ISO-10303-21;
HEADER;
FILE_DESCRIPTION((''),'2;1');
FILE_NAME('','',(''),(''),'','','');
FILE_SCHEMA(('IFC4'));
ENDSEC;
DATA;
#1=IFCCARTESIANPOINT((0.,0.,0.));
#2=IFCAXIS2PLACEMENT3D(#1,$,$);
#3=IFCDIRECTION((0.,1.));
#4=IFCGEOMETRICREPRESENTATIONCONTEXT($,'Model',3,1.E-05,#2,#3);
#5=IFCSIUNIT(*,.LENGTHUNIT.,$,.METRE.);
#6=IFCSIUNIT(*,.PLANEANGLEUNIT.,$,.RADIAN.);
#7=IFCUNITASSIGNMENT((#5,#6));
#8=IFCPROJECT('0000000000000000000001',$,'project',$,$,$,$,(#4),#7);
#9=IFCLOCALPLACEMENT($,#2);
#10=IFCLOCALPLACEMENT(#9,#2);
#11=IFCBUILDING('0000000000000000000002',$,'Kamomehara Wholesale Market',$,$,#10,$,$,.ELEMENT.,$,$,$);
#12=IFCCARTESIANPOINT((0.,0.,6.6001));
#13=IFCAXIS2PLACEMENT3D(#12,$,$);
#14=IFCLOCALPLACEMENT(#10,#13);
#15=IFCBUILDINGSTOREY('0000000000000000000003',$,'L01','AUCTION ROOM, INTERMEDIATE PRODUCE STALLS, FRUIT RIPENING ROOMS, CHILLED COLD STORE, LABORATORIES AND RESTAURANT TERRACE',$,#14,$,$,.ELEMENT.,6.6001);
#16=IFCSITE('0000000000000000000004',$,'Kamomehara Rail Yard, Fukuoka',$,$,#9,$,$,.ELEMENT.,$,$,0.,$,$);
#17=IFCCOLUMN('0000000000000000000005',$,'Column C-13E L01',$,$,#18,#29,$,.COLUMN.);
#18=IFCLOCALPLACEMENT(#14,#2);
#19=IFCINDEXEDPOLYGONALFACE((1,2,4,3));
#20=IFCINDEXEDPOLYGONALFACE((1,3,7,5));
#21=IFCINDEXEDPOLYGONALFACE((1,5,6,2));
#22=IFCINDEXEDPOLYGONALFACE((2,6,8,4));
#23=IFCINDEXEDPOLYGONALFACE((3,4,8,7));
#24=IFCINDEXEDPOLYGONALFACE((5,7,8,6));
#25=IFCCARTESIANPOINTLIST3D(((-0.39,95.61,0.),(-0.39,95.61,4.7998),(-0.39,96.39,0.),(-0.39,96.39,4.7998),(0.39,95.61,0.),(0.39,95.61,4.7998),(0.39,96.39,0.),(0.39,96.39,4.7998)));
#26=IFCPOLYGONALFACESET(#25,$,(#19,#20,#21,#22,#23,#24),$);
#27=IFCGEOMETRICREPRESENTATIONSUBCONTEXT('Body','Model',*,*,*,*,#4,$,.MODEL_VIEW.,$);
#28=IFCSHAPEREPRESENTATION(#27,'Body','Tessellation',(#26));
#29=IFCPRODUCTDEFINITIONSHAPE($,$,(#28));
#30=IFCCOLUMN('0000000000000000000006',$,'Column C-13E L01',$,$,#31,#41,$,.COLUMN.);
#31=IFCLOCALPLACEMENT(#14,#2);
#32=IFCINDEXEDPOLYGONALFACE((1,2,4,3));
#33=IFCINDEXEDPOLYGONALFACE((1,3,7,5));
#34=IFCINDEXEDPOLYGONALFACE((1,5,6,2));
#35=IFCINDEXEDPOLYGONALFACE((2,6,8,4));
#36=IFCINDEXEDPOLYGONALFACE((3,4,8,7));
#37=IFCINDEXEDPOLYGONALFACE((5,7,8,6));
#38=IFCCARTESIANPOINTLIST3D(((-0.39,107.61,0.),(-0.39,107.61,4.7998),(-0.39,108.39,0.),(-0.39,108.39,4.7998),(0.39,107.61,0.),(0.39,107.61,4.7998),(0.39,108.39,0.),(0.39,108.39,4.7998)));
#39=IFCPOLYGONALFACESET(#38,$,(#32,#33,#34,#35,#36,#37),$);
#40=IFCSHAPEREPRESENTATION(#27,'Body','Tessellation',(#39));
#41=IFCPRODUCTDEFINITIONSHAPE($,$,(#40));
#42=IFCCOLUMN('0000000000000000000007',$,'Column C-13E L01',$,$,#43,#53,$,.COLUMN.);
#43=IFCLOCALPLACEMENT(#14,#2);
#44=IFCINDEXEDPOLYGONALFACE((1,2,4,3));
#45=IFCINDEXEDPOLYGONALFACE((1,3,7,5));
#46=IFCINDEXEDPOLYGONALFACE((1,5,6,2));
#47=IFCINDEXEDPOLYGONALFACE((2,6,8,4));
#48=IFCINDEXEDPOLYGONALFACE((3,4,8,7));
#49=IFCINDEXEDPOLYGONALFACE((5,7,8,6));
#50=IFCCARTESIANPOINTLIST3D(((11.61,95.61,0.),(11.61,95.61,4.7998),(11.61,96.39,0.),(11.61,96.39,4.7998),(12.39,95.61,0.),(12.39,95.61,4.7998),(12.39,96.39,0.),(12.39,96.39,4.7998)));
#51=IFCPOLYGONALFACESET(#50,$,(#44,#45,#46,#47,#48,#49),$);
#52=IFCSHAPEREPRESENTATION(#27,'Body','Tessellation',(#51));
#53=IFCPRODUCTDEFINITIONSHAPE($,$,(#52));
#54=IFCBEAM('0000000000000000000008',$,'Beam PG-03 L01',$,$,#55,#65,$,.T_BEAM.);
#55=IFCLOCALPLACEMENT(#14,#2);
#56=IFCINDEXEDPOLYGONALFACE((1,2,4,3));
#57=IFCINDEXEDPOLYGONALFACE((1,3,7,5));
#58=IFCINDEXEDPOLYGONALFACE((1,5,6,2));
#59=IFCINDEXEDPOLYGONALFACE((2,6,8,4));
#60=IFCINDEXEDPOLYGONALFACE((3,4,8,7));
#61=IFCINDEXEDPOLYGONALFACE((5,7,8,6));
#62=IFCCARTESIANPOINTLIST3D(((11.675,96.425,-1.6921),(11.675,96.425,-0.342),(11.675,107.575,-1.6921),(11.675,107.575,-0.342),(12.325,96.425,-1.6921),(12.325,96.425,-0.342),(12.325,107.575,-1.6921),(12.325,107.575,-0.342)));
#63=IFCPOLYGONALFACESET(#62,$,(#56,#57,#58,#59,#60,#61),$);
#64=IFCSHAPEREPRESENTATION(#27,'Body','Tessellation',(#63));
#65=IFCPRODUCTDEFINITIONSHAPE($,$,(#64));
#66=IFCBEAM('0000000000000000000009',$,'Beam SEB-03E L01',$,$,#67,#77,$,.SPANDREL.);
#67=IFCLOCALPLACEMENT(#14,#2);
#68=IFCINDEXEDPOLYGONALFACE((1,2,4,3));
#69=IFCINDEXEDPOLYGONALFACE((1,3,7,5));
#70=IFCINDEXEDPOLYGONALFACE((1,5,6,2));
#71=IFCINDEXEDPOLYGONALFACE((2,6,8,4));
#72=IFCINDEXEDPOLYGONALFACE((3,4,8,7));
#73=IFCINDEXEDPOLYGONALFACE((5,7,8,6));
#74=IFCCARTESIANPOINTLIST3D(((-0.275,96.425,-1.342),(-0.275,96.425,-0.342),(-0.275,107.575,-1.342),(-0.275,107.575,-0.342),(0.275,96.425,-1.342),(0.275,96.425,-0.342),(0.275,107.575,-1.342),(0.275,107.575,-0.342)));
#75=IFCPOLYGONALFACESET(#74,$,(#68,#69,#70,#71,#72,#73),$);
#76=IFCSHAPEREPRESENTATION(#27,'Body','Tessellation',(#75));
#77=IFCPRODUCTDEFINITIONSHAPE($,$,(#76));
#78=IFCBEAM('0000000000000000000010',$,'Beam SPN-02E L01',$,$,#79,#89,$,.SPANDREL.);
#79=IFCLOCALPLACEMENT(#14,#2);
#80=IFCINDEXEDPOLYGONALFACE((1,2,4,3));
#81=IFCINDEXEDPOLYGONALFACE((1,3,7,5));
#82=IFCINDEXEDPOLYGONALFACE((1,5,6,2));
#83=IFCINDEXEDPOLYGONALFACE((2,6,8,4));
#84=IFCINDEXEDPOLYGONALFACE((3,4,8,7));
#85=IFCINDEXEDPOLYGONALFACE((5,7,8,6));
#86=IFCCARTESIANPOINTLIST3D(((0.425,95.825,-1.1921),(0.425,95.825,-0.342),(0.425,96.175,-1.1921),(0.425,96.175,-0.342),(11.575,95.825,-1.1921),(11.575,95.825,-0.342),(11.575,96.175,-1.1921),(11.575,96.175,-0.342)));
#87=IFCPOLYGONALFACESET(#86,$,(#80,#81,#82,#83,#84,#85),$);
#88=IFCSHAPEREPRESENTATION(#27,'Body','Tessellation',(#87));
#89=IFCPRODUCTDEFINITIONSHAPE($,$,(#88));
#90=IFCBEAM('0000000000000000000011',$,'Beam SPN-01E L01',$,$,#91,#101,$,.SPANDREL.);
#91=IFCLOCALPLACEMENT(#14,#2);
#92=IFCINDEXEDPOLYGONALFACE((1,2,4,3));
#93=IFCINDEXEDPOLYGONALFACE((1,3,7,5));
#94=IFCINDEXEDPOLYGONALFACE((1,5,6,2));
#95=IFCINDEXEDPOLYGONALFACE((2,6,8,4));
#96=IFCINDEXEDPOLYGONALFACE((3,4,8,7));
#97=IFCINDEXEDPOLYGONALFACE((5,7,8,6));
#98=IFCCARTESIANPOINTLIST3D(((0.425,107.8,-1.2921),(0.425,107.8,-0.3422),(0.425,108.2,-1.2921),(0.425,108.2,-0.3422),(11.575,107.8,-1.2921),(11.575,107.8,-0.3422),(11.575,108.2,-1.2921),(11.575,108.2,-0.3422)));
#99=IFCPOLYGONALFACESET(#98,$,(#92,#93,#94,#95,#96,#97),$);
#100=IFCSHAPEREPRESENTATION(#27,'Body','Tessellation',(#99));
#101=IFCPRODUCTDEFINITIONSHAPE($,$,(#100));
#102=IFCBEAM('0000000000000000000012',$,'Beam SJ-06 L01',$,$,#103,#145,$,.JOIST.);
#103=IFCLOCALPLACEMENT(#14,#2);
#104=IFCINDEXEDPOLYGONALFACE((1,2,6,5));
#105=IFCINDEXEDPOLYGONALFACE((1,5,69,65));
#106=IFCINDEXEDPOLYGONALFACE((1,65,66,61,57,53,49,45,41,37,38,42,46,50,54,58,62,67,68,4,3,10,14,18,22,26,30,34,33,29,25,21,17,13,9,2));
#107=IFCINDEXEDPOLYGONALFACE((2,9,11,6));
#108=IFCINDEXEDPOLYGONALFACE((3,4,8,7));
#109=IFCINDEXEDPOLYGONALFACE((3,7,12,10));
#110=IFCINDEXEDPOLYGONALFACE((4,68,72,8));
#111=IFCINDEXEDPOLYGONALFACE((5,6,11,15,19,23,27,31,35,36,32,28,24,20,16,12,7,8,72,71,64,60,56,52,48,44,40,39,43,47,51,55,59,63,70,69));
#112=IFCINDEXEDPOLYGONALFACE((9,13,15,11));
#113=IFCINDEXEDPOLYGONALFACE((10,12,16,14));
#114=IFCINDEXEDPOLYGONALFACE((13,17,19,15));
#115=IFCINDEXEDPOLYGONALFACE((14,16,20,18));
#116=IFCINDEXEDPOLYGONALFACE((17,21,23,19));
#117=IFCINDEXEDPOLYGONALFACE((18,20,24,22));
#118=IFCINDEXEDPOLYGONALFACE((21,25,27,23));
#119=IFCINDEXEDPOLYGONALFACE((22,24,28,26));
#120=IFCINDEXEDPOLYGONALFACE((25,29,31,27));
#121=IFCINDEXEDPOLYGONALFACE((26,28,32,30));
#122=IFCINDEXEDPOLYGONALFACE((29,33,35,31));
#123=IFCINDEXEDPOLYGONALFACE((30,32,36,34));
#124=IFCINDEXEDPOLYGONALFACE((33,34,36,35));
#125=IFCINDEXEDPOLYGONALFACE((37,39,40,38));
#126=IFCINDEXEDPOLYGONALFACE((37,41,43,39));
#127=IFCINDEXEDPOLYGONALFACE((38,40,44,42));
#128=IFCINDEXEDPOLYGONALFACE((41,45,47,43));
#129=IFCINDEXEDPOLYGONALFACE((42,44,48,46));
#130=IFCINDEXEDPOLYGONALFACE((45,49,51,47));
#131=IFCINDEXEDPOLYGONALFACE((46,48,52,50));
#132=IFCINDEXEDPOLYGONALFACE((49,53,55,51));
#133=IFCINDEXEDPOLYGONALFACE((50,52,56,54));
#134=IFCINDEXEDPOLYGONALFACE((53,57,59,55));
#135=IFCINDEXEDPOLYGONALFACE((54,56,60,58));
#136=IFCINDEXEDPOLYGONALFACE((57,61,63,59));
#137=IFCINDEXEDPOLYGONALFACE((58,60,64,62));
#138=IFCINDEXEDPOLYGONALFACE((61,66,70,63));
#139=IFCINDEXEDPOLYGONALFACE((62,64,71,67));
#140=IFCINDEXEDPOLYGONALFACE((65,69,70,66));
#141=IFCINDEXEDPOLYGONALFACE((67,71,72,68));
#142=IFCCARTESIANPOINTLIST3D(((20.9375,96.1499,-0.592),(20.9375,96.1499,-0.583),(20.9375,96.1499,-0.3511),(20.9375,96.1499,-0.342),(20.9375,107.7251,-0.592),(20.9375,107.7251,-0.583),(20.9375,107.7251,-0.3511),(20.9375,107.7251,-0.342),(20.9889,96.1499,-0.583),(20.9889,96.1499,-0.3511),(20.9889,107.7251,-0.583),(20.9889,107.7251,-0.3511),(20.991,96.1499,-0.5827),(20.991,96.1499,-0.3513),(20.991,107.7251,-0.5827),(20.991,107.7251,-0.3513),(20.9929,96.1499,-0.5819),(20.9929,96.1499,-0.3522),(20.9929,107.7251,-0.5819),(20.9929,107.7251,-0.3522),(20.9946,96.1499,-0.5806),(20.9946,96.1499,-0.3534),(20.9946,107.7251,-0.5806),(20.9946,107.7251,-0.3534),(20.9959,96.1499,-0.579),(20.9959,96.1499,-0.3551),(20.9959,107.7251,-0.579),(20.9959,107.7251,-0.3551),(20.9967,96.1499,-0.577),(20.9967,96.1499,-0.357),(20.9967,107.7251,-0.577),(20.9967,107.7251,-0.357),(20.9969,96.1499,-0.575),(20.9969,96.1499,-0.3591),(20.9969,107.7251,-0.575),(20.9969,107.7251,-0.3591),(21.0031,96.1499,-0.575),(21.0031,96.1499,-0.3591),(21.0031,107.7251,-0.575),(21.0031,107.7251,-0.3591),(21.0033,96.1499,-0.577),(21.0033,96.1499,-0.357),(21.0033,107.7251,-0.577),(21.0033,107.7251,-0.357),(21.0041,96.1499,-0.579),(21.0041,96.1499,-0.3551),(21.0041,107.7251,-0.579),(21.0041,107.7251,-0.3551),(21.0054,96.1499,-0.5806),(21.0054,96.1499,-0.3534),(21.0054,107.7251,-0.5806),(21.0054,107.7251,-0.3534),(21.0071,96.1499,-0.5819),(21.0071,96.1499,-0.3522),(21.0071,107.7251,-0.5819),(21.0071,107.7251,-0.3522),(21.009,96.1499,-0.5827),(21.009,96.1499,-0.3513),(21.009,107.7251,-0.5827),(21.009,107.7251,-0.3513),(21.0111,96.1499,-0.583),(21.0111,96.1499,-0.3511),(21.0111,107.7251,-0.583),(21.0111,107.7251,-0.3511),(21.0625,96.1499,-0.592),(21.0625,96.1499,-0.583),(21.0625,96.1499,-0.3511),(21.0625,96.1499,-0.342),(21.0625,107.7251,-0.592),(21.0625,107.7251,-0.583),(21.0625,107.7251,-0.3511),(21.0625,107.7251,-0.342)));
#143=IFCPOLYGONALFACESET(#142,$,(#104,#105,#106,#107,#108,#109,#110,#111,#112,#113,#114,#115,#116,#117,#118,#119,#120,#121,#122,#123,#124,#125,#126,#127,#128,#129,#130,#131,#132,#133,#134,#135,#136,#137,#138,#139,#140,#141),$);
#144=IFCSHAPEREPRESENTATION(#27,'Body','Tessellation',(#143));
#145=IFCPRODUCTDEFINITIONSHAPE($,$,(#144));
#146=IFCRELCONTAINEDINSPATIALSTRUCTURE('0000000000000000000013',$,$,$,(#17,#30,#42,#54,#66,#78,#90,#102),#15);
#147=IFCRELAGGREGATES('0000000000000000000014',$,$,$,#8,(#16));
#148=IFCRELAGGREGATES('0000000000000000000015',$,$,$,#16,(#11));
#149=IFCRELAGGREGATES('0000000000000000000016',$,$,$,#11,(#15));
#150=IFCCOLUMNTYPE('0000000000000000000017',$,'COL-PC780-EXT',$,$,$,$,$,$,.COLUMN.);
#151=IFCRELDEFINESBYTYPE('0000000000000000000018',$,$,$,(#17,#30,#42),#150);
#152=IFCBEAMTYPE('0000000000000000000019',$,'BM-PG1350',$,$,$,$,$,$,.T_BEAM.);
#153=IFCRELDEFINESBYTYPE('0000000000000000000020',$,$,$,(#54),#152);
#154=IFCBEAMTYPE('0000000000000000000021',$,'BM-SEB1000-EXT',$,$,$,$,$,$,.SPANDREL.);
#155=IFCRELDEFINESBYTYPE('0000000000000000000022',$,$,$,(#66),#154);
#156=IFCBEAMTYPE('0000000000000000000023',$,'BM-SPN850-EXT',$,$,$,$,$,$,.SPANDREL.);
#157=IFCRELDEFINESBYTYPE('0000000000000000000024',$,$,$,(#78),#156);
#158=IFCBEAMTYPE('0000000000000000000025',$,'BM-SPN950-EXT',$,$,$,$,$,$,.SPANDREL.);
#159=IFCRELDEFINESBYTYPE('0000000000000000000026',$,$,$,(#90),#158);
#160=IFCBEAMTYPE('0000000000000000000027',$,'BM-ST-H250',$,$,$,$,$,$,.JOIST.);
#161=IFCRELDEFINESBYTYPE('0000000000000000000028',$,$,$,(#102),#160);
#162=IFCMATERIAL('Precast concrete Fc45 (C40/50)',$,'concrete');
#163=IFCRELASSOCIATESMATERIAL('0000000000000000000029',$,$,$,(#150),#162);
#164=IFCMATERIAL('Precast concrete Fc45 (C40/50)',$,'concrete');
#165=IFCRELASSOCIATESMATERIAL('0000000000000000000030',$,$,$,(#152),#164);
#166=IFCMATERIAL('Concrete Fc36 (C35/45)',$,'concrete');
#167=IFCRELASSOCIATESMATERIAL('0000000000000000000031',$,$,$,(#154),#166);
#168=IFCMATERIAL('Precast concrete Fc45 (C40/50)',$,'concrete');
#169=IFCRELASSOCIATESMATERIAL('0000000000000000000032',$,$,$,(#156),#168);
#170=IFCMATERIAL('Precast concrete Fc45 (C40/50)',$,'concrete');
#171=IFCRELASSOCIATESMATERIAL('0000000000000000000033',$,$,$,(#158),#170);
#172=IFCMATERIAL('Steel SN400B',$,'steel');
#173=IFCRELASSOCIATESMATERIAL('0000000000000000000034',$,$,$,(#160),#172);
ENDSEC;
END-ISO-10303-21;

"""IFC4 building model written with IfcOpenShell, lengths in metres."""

from ifc_helpers import new_model, si_unit, direction, frame, origin, origin_2d, place, context, subcontext, project, spatial, rectangle, i_section, extrude, material, material_profile, profile_set, type_object, element, save


model = new_model("IFC4")

# Units and contexts
model_context = context("Model", 3, precision=1e-05, world=origin(), true_north=direction((0.0, 1.0)))
body_context = subcontext(model_context, "Body", "Model", "MODEL_VIEW")
ifc_project = project(units=[si_unit("LENGTHUNIT", "METRE"), si_unit("PLANEANGLEUNIT", "RADIAN")], contexts=[model_context])

# Site, building, storey
site_placement = place(None, origin())
site = spatial("IfcSite", under=ifc_project, at=site_placement, Name="Kamomehara Rail Yard, Fukuoka", CompositionType="ELEMENT", RefElevation=0.0)
building_placement = place(site_placement, origin())
building = spatial("IfcBuilding", under=site, at=building_placement, Name="Kamomehara Wholesale Market", CompositionType="ELEMENT")
storey_placement = place(building_placement, frame((0.0, 0.0, 6.6001)))
storey = spatial("IfcBuildingStorey", under=building, at=storey_placement, Name="L01", Description="AUCTION ROOM, INTERMEDIATE PRODUCE STALLS, FRUIT RIPENING ROOMS, CHILLED COLD STORE, LABORATORIES AND RESTAURANT TERRACE", CompositionType="ELEMENT", Elevation=6.6001)

# Columns
ifc_material_1 = material(Name="Precast concrete Fc45 (C40/50)", Category="concrete")
ifc_material_profile_1 = material_profile(ifc_material_1, rectangle(XDim=0.78, YDim=0.78, at=origin_2d()), Name="PC-COL-780x780")
ifc_profile_set_1 = profile_set([ifc_material_profile_1], Name="Precast concrete Fc45 (C40/50)")
column_type = type_object("IfcColumnType", Name="COL-PC780-EXT", PredefinedType="COLUMN", material=ifc_profile_set_1)
for number, where, z_axis, x_axis, name in (
    (1, (0.0, 96.0, 0.0), (0.0, 0.0, 1.0), (1.0, 0.0, 0.0), "Column C-13E L01"),
    (2, (0.0, 108.0, 0.0), (0.0, 0.0, 1.0), (1.0, 0.0, 0.0), "Column C-13E L01"),
    (3, (12.0, 96.0, 0.0), (0.0, 0.0, 1.0), (1.0, 0.0, 0.0), "Column C-13E L01"),
):
    element("IfcColumn", number, at=place(storey_placement, frame(where, z_axis=z_axis, x_axis=x_axis)), inside=storey, type_object=column_type, Name=name, PredefinedType="COLUMN", context=body_context, shape_type="SweptSolid", body=[
        extrude(rectangle(XDim=0.78, YDim=0.78, at=origin_2d()), origin(), (0.0, 0.0, 1.0), 4.7998),
    ])

# Beams
ifc_material_2 = material(Name="Precast concrete Fc45 (C40/50)", Category="concrete")
ifc_material_profile_2 = material_profile(ifc_material_2, rectangle(XDim=0.6499, YDim=1.3501, at=origin_2d()), Name="PC-GRD-650x1350")
ifc_profile_set_2 = profile_set([ifc_material_profile_2], Name="Precast concrete Fc45 (C40/50)")
beam_type_1 = type_object("IfcBeamType", Name="BM-PG1350", PredefinedType="T_BEAM", material=ifc_profile_set_2)
beam_1_placement = place(storey_placement, frame((12.0, 96.425, -1.0171), z_axis=(0.0, 1.0, 0.0), x_axis=(-1.0, 0.0, 0.0)))
element("IfcBeam", 4, at=beam_1_placement, inside=storey, type_object=beam_type_1, Name="Beam PG-03 L01", PredefinedType="T_BEAM", context=body_context, shape_type="SweptSolid", body=[
    extrude(rectangle(XDim=0.6499, YDim=1.3501, at=origin_2d()), origin(), (0.0, 0.0, 1.0), 11.1499),
])
ifc_material_3 = material(Name="Concrete Fc36 (C35/45)", Category="concrete")
ifc_material_profile_3 = material_profile(ifc_material_3, rectangle(XDim=0.55, YDim=1.0, at=origin_2d()), Name="RC-SEB-550x1000")
ifc_profile_set_3 = profile_set([ifc_material_profile_3], Name="Concrete Fc36 (C35/45)")
beam_type_2 = type_object("IfcBeamType", Name="BM-SEB1000-EXT", PredefinedType="SPANDREL", material=ifc_profile_set_3)
beam_2_placement = place(storey_placement, frame((0.0, 96.425, -0.842), z_axis=(0.0, 1.0, 0.0), x_axis=(-1.0, 0.0, 0.0)))
element("IfcBeam", 5, at=beam_2_placement, inside=storey, type_object=beam_type_2, Name="Beam SEB-03E L01", PredefinedType="SPANDREL", context=body_context, shape_type="SweptSolid", body=[
    extrude(rectangle(XDim=0.55, YDim=1.0, at=origin_2d()), origin(), (0.0, 0.0, 1.0), 11.1499),
])
ifc_material_4 = material(Name="Precast concrete Fc45 (C40/50)", Category="concrete")
ifc_material_profile_4 = material_profile(ifc_material_4, rectangle(XDim=0.3501, YDim=0.8501, at=origin_2d()), Name="PC-SPN-350x850")
ifc_profile_set_4 = profile_set([ifc_material_profile_4], Name="Precast concrete Fc45 (C40/50)")
beam_type_3 = type_object("IfcBeamType", Name="BM-SPN850-EXT", PredefinedType="SPANDREL", material=ifc_profile_set_4)
beam_3_placement = place(storey_placement, frame((0.425, 96.0, -0.7671), z_axis=(1.0, 0.0, 0.0), x_axis=(0.0, 1.0, 0.0)))
element("IfcBeam", 6, at=beam_3_placement, inside=storey, type_object=beam_type_3, Name="Beam SPN-02E L01", PredefinedType="SPANDREL", context=body_context, shape_type="SweptSolid", body=[
    extrude(rectangle(XDim=0.3501, YDim=0.8501, at=origin_2d()), origin(), (0.0, 0.0, 1.0), 11.1499),
])
ifc_material_5 = material(Name="Precast concrete Fc45 (C40/50)", Category="concrete")
ifc_material_profile_5 = material_profile(ifc_material_5, rectangle(XDim=0.3999, YDim=0.95, at=origin_2d()), Name="PC-SPN-400x950")
ifc_profile_set_5 = profile_set([ifc_material_profile_5], Name="Precast concrete Fc45 (C40/50)")
beam_type_4 = type_object("IfcBeamType", Name="BM-SPN950-EXT", PredefinedType="SPANDREL", material=ifc_profile_set_5)
beam_4_placement = place(storey_placement, frame((0.425, 108.0, -0.8171), z_axis=(1.0, 0.0, 0.0), x_axis=(0.0, 1.0, 0.0)))
element("IfcBeam", 7, at=beam_4_placement, inside=storey, type_object=beam_type_4, Name="Beam SPN-01E L01", PredefinedType="SPANDREL", context=body_context, shape_type="SweptSolid", body=[
    extrude(rectangle(XDim=0.3999, YDim=0.95, at=origin_2d()), origin(), (0.0, 0.0, 1.0), 11.1499),
])
ifc_material_6 = material(Name="Steel SN400B", Category="steel")
ifc_material_profile_6 = material_profile(ifc_material_6, i_section(OverallWidth=0.125, OverallDepth=0.25, WebThickness=0.0061, FlangeThickness=0.009, FilletRadius=0.0081, at=origin_2d()), Name="H-250x125x6x9")
ifc_profile_set_6 = profile_set([ifc_material_profile_6], Name="Steel SN400B")
beam_type_5 = type_object("IfcBeamType", Name="BM-ST-H250", PredefinedType="JOIST", material=ifc_profile_set_6)
beam_5_placement = place(storey_placement, frame((21.0, 96.1499, -0.467), z_axis=(0.0, 1.0, 0.0), x_axis=(-1.0, 0.0, 0.0)))
element("IfcBeam", 8, at=beam_5_placement, inside=storey, type_object=beam_type_5, Name="Beam SJ-06 L01", PredefinedType="JOIST", context=body_context, shape_type="SweptSolid", body=[
    extrude(i_section(OverallWidth=0.125, OverallDepth=0.25, WebThickness=0.0061, FlangeThickness=0.009, FilletRadius=0.0081, at=origin_2d()), origin(), (0.0, 0.0, 1.0), 11.5752),
])

save(model, "model.ifc")
